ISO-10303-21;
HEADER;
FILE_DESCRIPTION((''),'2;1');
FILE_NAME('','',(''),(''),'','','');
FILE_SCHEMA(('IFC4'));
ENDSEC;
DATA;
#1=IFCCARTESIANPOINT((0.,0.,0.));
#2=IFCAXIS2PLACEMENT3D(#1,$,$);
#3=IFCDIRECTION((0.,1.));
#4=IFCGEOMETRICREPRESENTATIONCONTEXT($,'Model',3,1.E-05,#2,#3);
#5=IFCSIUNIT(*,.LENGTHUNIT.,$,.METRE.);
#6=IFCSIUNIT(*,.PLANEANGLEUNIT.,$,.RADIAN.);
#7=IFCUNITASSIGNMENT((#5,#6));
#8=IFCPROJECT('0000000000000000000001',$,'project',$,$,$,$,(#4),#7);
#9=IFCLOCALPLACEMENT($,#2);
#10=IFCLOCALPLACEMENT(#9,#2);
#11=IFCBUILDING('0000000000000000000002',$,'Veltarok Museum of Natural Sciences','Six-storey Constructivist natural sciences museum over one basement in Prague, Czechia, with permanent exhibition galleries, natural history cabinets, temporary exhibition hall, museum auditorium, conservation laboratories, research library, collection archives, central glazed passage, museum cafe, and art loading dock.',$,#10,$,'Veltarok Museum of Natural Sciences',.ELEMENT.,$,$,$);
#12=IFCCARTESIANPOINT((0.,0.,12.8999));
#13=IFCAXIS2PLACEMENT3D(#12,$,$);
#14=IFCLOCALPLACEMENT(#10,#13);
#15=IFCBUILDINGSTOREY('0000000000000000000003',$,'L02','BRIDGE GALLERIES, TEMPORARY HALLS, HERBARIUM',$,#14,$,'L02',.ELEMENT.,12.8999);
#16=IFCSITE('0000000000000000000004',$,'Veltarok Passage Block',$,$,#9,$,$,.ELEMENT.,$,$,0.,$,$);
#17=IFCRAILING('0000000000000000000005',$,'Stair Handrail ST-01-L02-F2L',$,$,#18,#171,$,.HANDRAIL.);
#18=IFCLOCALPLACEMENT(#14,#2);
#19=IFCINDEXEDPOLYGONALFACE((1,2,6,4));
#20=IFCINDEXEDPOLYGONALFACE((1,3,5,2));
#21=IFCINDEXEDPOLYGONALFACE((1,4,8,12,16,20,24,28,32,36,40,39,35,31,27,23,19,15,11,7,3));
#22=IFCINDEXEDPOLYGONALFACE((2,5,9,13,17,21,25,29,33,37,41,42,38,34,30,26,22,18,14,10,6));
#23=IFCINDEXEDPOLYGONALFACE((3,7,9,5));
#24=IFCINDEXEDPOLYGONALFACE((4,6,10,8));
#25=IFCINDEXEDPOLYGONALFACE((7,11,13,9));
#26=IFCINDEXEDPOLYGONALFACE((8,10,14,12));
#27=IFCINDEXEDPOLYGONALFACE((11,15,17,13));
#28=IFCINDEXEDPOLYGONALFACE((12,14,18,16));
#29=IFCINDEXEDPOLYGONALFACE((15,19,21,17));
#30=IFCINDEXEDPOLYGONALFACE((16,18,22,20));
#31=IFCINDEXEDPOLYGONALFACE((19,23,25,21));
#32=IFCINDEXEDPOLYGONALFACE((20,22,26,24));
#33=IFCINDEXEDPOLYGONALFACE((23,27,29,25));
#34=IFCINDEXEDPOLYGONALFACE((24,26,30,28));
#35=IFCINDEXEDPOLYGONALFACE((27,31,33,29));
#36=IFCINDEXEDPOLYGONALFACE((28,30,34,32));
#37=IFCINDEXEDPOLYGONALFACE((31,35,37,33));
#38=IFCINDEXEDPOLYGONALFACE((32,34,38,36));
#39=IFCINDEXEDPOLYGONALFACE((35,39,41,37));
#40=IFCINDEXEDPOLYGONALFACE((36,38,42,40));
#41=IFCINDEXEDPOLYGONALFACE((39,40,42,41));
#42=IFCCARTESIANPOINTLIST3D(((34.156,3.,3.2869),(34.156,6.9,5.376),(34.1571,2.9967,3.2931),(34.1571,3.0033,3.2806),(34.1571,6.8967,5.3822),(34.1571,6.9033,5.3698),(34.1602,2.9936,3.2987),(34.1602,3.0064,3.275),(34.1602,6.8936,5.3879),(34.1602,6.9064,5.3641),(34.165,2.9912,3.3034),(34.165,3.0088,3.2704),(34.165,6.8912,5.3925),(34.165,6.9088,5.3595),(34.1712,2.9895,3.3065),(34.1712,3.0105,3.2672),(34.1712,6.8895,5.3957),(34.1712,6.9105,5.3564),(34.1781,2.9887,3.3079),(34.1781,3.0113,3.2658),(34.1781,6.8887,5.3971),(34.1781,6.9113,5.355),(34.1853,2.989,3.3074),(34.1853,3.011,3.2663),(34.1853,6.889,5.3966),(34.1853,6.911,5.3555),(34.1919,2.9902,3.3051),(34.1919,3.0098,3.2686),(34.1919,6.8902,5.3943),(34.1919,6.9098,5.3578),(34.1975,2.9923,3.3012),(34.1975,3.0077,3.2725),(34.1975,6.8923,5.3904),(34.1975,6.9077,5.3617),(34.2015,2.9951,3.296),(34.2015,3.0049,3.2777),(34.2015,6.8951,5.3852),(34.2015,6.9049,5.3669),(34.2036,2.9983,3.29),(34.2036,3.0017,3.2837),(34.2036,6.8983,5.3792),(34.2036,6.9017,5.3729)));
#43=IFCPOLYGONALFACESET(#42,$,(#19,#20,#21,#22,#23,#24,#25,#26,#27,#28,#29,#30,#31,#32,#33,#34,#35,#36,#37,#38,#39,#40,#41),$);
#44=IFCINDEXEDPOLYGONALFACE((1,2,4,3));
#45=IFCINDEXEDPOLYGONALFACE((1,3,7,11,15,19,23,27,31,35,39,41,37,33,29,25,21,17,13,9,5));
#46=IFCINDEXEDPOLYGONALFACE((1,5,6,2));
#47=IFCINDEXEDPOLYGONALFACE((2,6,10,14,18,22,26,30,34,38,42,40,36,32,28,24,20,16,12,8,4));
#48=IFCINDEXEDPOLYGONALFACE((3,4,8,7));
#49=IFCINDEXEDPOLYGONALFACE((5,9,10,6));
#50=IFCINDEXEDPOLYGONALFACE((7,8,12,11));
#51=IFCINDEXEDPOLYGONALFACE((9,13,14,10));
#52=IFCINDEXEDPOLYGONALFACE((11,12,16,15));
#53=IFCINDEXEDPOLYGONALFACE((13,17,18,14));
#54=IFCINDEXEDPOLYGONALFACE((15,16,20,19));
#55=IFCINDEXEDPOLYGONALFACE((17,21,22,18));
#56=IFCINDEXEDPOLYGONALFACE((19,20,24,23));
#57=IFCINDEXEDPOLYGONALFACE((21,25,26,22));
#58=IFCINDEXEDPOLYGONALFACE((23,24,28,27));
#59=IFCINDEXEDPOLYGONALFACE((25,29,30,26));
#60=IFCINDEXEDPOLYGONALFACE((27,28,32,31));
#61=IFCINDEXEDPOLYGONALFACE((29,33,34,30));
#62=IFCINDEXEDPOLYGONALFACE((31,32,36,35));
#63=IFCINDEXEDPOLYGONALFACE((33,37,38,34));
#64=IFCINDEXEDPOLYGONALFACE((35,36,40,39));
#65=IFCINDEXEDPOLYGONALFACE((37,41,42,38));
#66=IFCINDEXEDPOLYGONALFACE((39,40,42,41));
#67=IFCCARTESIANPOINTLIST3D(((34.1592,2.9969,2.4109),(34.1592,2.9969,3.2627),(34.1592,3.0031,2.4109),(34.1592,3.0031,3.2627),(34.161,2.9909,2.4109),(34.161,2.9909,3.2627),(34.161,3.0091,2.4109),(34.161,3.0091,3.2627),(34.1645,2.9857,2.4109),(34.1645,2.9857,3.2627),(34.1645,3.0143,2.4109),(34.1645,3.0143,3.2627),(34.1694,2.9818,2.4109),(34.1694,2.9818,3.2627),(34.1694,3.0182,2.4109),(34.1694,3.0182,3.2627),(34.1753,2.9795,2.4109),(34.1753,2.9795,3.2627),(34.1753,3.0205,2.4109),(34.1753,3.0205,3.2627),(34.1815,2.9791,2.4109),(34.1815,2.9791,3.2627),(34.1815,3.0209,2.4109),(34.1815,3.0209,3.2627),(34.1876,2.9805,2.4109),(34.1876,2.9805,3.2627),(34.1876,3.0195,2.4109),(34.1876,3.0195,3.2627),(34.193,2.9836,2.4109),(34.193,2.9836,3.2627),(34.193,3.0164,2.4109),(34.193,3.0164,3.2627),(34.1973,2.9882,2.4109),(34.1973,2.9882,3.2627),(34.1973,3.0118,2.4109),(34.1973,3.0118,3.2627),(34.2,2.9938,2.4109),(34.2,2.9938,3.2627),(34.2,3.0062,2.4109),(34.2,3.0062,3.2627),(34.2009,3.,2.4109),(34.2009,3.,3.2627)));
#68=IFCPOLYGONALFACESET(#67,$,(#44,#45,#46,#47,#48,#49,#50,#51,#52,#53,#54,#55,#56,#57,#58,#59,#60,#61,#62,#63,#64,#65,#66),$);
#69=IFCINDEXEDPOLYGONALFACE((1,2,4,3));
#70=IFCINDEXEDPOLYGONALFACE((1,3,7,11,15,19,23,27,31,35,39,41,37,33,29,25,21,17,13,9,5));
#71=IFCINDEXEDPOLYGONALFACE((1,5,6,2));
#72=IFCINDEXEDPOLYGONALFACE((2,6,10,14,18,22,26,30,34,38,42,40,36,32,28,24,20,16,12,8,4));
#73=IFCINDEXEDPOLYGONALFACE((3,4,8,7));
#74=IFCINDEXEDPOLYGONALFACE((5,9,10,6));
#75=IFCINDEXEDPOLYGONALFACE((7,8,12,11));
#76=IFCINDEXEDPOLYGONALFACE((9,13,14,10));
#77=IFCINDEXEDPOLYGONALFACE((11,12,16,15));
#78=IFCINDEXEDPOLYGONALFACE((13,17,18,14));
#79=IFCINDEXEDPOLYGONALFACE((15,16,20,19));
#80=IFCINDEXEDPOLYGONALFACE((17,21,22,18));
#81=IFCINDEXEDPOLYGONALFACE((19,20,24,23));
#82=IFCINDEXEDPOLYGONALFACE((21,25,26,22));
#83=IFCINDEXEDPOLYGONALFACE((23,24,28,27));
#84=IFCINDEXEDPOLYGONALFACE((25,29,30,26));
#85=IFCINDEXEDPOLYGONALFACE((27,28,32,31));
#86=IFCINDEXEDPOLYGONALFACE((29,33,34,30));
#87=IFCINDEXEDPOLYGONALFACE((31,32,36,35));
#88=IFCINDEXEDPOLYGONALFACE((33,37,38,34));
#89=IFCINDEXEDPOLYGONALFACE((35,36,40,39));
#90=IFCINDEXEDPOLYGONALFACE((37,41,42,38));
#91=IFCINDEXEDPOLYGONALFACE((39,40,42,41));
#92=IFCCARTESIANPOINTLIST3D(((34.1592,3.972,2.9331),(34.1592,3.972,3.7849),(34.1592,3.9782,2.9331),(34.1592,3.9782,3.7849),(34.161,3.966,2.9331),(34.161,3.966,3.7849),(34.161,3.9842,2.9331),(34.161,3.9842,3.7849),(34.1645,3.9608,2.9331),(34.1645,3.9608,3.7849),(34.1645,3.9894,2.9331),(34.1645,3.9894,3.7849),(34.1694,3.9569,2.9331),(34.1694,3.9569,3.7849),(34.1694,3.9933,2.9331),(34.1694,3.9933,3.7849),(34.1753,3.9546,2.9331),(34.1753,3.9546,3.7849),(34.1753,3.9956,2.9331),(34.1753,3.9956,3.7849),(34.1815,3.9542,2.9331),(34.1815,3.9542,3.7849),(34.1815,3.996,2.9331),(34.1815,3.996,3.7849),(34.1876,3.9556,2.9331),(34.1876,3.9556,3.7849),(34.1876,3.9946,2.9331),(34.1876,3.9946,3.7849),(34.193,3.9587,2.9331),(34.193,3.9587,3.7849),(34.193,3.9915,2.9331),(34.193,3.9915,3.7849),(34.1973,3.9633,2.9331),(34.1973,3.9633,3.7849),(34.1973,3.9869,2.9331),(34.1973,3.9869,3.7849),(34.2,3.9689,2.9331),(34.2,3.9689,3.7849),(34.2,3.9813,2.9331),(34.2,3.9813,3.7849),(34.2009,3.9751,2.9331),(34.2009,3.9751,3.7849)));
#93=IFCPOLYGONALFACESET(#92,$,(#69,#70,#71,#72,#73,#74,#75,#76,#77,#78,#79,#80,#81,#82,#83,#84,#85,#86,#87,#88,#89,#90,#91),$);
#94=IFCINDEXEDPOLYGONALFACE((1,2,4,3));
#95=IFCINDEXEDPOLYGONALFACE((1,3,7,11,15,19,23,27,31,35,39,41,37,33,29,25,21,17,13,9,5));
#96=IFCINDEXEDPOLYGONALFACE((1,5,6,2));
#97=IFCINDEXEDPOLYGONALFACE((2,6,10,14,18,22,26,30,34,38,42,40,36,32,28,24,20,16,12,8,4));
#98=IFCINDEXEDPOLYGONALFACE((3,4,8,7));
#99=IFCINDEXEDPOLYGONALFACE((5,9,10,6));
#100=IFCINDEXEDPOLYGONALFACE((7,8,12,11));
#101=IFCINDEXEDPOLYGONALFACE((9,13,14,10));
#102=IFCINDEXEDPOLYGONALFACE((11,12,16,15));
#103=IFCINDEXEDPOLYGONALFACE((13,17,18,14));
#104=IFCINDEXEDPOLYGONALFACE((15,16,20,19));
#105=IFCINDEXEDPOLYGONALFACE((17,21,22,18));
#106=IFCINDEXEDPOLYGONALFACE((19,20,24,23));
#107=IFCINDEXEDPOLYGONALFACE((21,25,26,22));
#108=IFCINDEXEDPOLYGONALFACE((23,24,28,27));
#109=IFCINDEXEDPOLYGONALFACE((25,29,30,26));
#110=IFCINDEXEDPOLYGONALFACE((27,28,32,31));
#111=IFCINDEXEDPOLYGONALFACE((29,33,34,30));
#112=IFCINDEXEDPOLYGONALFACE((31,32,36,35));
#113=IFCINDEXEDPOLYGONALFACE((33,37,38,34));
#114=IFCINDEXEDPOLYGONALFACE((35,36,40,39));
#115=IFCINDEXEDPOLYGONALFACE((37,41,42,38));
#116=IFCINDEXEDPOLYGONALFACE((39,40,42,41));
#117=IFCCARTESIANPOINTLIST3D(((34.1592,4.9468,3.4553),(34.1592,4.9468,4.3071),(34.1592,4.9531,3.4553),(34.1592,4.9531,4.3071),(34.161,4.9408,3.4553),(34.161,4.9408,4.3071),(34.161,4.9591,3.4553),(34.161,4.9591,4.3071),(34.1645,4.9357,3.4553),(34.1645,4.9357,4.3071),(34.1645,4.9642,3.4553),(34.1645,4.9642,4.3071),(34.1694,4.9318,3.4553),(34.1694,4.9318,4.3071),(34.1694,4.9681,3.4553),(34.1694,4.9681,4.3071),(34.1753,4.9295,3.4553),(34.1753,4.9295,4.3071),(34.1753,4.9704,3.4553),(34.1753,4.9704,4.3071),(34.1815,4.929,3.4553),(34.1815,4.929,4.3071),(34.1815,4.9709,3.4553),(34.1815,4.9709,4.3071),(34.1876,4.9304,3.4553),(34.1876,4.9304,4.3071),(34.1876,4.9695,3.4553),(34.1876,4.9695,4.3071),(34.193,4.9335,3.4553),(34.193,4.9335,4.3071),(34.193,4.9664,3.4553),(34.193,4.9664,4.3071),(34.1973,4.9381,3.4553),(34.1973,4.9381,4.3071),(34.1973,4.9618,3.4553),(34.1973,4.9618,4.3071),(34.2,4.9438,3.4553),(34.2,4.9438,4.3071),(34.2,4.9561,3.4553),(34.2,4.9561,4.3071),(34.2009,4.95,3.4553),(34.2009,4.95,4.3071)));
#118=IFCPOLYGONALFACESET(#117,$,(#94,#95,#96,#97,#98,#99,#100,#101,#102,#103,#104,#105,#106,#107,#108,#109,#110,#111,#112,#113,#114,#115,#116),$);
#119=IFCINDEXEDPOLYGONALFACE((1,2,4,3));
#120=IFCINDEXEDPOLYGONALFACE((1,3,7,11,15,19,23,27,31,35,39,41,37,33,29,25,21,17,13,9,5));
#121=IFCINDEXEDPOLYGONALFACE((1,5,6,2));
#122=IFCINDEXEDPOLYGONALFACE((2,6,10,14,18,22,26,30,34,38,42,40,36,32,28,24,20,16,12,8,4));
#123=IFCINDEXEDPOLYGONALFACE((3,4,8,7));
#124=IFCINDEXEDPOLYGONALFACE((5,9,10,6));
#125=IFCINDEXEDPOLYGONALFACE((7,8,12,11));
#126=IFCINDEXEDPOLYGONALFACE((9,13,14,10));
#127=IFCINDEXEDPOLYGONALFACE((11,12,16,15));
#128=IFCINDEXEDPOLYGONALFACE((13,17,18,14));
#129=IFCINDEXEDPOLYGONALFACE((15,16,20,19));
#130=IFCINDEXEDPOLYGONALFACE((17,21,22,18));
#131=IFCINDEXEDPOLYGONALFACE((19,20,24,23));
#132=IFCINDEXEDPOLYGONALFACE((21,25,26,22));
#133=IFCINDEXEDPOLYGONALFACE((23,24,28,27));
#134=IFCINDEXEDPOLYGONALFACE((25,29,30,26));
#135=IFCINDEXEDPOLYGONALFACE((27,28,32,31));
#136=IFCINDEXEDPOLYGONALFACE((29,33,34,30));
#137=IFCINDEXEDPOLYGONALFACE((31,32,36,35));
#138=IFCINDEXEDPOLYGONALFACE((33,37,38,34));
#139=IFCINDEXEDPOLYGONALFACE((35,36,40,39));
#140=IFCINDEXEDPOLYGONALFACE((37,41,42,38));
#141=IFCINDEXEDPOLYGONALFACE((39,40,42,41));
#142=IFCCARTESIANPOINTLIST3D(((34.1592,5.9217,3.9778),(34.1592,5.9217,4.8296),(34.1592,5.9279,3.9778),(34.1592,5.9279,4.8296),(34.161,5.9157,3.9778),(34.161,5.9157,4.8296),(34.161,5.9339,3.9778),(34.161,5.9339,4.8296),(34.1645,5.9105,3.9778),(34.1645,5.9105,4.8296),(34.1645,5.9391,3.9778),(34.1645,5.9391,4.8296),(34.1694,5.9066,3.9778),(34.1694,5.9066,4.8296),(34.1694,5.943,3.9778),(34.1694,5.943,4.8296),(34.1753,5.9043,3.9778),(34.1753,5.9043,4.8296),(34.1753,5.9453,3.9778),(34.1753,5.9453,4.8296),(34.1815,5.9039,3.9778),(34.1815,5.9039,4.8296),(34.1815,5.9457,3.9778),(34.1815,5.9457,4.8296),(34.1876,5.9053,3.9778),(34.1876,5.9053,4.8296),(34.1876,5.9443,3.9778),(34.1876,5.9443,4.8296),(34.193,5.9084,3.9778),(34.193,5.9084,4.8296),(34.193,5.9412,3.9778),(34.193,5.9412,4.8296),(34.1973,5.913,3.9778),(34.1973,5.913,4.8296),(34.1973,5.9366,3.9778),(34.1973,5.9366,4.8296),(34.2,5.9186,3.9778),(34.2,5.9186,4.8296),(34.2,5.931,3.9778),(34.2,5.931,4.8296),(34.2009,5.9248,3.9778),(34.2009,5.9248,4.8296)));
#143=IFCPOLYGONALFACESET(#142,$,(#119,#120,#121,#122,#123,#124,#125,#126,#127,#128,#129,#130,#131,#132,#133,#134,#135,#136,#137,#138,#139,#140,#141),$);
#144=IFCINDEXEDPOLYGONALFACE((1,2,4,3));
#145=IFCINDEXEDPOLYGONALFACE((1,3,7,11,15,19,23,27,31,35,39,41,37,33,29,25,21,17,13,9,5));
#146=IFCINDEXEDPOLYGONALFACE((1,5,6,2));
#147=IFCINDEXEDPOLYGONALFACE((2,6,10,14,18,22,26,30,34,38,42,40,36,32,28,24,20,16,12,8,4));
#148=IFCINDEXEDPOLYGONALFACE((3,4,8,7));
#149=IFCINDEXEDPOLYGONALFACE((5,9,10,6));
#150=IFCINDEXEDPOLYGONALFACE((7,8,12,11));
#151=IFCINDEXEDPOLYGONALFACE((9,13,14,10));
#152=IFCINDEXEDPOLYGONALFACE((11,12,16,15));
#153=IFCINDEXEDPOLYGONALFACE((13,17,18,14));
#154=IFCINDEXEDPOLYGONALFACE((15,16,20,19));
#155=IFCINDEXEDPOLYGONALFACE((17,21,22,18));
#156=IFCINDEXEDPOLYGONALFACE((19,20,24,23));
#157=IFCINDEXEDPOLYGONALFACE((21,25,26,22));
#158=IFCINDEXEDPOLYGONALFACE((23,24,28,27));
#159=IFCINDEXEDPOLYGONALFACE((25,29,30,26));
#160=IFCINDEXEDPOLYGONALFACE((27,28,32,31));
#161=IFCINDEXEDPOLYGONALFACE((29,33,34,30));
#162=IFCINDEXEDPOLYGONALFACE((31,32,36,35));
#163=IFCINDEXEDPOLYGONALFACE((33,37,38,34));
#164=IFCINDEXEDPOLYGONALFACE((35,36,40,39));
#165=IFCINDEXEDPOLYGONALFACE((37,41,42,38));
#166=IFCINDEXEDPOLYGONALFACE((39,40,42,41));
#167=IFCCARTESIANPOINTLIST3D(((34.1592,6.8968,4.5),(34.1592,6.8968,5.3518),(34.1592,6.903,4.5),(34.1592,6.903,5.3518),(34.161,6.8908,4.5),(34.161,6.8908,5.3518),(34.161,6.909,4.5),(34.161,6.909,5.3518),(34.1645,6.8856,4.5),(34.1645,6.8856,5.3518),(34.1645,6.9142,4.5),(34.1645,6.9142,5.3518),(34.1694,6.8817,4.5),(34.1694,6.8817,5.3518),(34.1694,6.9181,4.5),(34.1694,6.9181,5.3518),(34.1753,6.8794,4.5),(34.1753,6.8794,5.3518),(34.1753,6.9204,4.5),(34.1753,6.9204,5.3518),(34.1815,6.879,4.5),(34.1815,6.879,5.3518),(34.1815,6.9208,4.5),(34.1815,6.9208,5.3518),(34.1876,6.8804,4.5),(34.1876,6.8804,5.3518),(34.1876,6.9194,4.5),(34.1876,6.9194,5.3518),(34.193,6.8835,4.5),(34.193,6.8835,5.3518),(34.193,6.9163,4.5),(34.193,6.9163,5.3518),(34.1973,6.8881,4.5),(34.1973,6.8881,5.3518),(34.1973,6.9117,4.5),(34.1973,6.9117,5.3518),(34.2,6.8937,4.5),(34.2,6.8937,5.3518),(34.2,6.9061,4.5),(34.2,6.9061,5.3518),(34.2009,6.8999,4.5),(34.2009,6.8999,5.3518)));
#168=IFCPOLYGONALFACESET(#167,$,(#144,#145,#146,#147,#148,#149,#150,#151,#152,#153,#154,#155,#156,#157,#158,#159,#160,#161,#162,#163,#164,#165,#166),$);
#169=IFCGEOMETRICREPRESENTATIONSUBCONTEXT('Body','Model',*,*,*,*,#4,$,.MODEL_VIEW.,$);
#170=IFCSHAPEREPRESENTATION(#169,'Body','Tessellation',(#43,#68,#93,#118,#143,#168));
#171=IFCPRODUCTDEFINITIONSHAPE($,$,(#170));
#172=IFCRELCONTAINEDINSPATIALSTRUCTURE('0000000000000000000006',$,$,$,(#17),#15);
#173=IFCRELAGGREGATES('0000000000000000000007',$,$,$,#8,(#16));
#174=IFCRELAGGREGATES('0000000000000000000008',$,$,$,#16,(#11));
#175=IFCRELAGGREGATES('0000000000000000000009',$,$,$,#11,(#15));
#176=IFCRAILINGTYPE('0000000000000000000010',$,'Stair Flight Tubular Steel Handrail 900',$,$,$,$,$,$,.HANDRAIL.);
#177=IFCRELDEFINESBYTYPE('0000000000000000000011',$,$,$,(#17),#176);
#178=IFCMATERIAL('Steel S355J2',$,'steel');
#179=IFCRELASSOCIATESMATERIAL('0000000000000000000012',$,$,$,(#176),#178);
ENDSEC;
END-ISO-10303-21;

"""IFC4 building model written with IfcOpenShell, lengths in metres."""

from ifc_helpers import new_model, si_unit, direction, frame, origin, origin_2d, place, context, subcontext, project, spatial, circle, extrude, material, type_object, element, save


model = new_model("IFC4")

# Units and contexts
model_context = context("Model", 3, precision=1e-05, world=origin(), true_north=direction((0.0, 1.0)))
body_context = subcontext(model_context, "Body", "Model", "MODEL_VIEW")
ifc_project = project(units=[si_unit("LENGTHUNIT", "METRE"), si_unit("PLANEANGLEUNIT", "RADIAN")], contexts=[model_context])

# Site, building, storey
site_placement = place(None, origin())
site = spatial("IfcSite", under=ifc_project, at=site_placement, Name="Veltarok Passage Block", CompositionType="ELEMENT", RefElevation=0.0)
building_placement = place(site_placement, origin())
building = spatial("IfcBuilding", under=site, at=building_placement, Name="Veltarok Museum of Natural Sciences", Description="Six-storey Constructivist natural sciences museum over one basement in Prague, Czechia, with permanent exhibition galleries, natural history cabinets, temporary exhibition hall, museum auditorium, conservation laboratories, research library, collection archives, central glazed passage, museum cafe, and art loading dock.", LongName="Veltarok Museum of Natural Sciences", CompositionType="ELEMENT")
storey_placement = place(building_placement, frame((0.0, 0.0, 12.8999)))
storey = spatial("IfcBuildingStorey", under=building, at=storey_placement, Name="L02", Description="BRIDGE GALLERIES, TEMPORARY HALLS, HERBARIUM", LongName="L02", CompositionType="ELEMENT", Elevation=12.8999)

# Shared definitions
ifc_material_1 = material(Name="Steel S355J2", Category="steel")

# Railing
railing_type_1 = type_object("IfcRailingType", Name="Stair Flight Tubular Steel Handrail 900", PredefinedType="HANDRAIL", material=ifc_material_1)
for number, where, name in (
    (1, (34.1799, 3.0, 2.4109), "Stair Handrail ST-01-L02-F2L"),
):
    element("IfcRailing", number, at=place(storey_placement, frame(where)), inside=storey, type_object=railing_type_1, Name=name, PredefinedType="HANDRAIL", context=body_context, shape_type="SweptSolid", body=[
        extrude(circle(Radius=0.0239, at=origin_2d()), frame((0.0, 0.0, 0.876), z_axis=(0.0, 0.881491, 0.4722), x_axis=(-1.0, 0.0, 0.0)), (0.0, 0.0, 1.0), 4.4243),
        extrude(circle(Radius=0.021, at=origin_2d()), origin(), (0.0, 0.0, 1.0), 0.8518),
        extrude(circle(Radius=0.021, at=origin_2d()), frame((0.0, 0.9751, 0.5222)), (0.0, 0.0, 1.0), 0.8518),
        extrude(circle(Radius=0.021, at=origin_2d()), frame((0.0, 1.95, 1.0444)), (0.0, 0.0, 1.0), 0.8518),
        extrude(circle(Radius=0.021, at=origin_2d()), frame((0.0, 2.9248, 1.5669)), (0.0, 0.0, 1.0), 0.8518),
        extrude(circle(Radius=0.021, at=origin_2d()), frame((0.0, 3.8999, 2.0891)), (0.0, 0.0, 1.0), 0.8518),
    ])

save(model, "model.ifc")
